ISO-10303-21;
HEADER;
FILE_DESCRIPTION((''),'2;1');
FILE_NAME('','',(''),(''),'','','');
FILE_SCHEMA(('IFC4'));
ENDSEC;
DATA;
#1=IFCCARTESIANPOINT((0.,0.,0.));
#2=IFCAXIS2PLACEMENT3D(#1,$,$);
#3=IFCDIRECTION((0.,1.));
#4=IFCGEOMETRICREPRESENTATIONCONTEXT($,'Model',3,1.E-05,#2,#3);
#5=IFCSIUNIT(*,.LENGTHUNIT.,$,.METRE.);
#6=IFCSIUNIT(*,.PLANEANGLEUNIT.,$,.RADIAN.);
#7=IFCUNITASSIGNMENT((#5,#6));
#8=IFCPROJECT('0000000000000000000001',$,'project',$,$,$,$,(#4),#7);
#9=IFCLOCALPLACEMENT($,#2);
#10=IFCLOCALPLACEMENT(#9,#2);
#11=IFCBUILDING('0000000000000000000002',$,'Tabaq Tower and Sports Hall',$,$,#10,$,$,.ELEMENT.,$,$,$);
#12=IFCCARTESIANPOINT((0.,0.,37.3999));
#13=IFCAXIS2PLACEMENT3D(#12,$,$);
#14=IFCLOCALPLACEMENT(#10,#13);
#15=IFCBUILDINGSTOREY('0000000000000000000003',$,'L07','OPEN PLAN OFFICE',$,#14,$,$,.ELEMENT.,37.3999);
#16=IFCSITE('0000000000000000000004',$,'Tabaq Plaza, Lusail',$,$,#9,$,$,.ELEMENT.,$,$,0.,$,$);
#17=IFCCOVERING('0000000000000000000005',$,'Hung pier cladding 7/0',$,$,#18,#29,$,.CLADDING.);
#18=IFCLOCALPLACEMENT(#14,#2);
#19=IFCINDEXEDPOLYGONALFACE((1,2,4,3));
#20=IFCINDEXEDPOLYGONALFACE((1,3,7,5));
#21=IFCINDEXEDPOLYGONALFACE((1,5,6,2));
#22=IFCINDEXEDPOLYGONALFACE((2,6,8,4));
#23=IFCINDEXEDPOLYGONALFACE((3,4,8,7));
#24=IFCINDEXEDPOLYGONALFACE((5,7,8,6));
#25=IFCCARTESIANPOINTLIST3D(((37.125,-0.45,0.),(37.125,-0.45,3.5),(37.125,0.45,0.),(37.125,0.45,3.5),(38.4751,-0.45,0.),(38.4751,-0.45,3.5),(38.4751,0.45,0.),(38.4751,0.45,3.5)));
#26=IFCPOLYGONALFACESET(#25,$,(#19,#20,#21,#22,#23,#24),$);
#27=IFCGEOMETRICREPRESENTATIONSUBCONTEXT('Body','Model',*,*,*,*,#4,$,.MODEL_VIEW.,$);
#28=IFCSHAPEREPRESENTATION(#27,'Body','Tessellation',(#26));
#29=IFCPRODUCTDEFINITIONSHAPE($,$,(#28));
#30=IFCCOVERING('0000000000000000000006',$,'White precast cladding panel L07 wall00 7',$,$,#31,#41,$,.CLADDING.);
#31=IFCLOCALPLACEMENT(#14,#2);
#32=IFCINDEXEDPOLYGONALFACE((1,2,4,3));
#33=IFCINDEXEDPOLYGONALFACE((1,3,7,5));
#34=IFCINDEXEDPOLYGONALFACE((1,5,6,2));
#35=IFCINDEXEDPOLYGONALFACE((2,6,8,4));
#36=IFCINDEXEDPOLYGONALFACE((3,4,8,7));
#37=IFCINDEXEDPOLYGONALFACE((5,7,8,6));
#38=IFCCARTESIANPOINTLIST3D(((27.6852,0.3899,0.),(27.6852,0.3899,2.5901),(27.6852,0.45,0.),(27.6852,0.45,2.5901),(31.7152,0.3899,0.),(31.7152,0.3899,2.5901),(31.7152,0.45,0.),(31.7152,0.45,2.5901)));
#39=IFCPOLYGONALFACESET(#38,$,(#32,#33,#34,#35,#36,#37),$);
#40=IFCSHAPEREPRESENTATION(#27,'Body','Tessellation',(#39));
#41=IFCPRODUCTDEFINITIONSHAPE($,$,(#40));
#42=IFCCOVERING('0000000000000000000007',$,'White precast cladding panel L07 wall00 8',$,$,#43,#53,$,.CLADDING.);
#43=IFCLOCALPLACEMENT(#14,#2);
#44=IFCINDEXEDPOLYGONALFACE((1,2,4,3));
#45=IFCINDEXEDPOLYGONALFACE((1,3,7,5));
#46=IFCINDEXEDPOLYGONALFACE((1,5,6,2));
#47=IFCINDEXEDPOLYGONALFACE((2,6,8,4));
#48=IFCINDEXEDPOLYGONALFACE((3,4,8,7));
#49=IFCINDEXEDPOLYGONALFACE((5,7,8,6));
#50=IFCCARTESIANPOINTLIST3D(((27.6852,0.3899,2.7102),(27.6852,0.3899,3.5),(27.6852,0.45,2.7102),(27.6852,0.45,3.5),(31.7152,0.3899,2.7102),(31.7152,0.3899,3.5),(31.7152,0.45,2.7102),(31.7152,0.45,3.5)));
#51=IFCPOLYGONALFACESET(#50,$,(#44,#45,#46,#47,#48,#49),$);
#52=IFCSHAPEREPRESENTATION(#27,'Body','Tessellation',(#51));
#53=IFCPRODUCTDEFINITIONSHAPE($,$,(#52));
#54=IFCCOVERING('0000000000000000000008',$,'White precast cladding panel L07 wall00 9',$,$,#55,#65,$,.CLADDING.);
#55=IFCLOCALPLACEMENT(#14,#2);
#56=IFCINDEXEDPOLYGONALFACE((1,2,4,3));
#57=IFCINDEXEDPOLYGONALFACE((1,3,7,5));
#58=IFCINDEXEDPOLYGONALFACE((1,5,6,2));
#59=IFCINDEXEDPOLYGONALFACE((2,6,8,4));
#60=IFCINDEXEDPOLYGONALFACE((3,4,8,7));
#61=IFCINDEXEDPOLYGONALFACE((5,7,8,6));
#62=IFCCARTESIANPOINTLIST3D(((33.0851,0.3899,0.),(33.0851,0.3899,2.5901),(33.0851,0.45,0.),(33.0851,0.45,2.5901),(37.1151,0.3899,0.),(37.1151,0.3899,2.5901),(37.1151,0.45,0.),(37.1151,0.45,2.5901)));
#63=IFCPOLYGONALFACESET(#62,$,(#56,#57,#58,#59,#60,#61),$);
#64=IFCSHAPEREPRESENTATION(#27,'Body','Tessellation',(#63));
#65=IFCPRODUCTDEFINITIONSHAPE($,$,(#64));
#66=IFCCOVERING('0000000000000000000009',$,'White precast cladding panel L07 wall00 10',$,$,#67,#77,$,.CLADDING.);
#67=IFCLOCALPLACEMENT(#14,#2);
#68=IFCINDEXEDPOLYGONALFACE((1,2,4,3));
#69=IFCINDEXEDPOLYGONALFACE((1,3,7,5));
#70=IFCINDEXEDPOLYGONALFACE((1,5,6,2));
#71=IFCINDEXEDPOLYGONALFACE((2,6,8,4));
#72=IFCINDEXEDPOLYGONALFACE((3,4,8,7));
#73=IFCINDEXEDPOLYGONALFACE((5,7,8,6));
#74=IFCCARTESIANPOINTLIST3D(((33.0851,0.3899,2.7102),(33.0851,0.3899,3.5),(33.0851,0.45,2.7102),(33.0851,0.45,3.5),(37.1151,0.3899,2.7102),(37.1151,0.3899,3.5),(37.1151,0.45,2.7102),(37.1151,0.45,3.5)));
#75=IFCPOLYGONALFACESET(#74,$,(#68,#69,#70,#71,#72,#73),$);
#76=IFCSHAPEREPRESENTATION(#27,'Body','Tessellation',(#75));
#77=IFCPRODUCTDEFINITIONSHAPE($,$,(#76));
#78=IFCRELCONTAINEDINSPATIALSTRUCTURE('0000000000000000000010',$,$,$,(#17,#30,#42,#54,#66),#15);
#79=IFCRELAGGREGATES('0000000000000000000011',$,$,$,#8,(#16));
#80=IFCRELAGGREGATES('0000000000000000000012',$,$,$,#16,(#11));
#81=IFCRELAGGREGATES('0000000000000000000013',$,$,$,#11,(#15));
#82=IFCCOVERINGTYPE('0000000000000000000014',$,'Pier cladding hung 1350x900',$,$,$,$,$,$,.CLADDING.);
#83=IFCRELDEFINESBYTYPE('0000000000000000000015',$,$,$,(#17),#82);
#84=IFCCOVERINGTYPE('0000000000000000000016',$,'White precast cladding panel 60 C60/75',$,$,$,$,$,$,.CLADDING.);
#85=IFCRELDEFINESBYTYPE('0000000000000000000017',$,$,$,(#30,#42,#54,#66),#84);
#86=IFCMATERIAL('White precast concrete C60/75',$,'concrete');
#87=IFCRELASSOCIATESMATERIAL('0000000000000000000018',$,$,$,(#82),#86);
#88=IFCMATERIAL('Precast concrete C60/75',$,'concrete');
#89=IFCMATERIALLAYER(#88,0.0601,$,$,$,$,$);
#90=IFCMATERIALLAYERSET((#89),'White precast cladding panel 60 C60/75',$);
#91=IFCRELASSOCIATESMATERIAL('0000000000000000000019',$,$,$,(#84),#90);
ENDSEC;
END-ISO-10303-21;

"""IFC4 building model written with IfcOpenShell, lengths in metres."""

from ifc_helpers import new_model, si_unit, direction, frame, frame_2d, origin, place, context, subcontext, project, spatial, rectangle, extrude, material, layer, layer_set, type_object, element, save


model = new_model("IFC4")

# Units and contexts
model_context = context("Model", 3, precision=1e-05, world=origin(), true_north=direction((0.0, 1.0)))
body_context = subcontext(model_context, "Body", "Model", "MODEL_VIEW")
ifc_project = project(units=[si_unit("LENGTHUNIT", "METRE"), si_unit("PLANEANGLEUNIT", "RADIAN")], contexts=[model_context])

# Site, building, storey
site_placement = place(None, origin())
site = spatial("IfcSite", under=ifc_project, at=site_placement, Name="Tabaq Plaza, Lusail", CompositionType="ELEMENT", RefElevation=0.0)
building_placement = place(site_placement, origin())
building = spatial("IfcBuilding", under=site, at=building_placement, Name="Tabaq Tower and Sports Hall", CompositionType="ELEMENT")
storey_placement = place(building_placement, frame((0.0, 0.0, 37.3999)))
storey = spatial("IfcBuildingStorey", under=building, at=storey_placement, Name="L07", Description="OPEN PLAN OFFICE", CompositionType="ELEMENT", Elevation=37.3999)

# Coverings
ifc_material_1 = material(Name="White precast concrete C60/75", Category="concrete")
covering_type_1 = type_object("IfcCoveringType", Name="Pier cladding hung 1350x900", PredefinedType="CLADDING", material=ifc_material_1)
covering_1_placement = place(storey_placement, frame((37.125, 0.0, 0.0), z_axis=(0.0, 0.0, 1.0), x_axis=(1.0, 0.0, 0.0)))
element("IfcCovering", 1, at=covering_1_placement, inside=storey, type_object=covering_type_1, Name="Hung pier cladding 7/0", PredefinedType="CLADDING", context=body_context, shape_type="SweptSolid", body=[
    extrude(rectangle(XDim=1.3501, YDim=0.8999, at=frame_2d((0.675, 0.0))), origin(), (0.0, 0.0, 1.0), 3.5),
])
ifc_material_2 = material(Name="Precast concrete C60/75", Category="concrete")
ifc_layer_1 = layer(ifc_material_2, 0.0601)
ifc_layer_set_1 = layer_set([ifc_layer_1], Name="White precast cladding panel 60 C60/75")
covering_type_2 = type_object("IfcCoveringType", Name="White precast cladding panel 60 C60/75", PredefinedType="CLADDING", material=ifc_layer_set_1)
covering_2_placement = place(storey_placement, frame((27.6851, 0.4199, 0.0), z_axis=(0.0, 0.0, 1.0), x_axis=(1.0, 0.0, 0.0)))
element("IfcCovering", 2, at=covering_2_placement, inside=storey, type_object=covering_type_2, Name="White precast cladding panel L07 wall00 7", PredefinedType="CLADDING", context=body_context, shape_type="SweptSolid", body=[
    extrude(rectangle(XDim=4.03, YDim=0.0601, at=frame_2d((2.0151, 0.0))), origin(), (0.0, 0.0, 1.0), 2.5901),
])
covering_3_placement = place(storey_placement, frame((27.6851, 0.4199, 2.7102), z_axis=(0.0, 0.0, 1.0), x_axis=(1.0, 0.0, 0.0)))
element("IfcCovering", 3, at=covering_3_placement, inside=storey, type_object=covering_type_2, Name="White precast cladding panel L07 wall00 8", PredefinedType="CLADDING", context=body_context, shape_type="SweptSolid", body=[
    extrude(rectangle(XDim=4.03, YDim=0.0601, at=frame_2d((2.0151, 0.0))), origin(), (0.0, 0.0, 1.0), 0.7898),
])
covering_4_placement = place(storey_placement, frame((33.085, 0.4199, 0.0), z_axis=(0.0, 0.0, 1.0), x_axis=(1.0, 0.0, 0.0)))
element("IfcCovering", 4, at=covering_4_placement, inside=storey, type_object=covering_type_2, Name="White precast cladding panel L07 wall00 9", PredefinedType="CLADDING", context=body_context, shape_type="SweptSolid", body=[
    extrude(rectangle(XDim=4.03, YDim=0.0601, at=frame_2d((2.0151, 0.0))), origin(), (0.0, 0.0, 1.0), 2.5901),
])
covering_5_placement = place(storey_placement, frame((33.085, 0.4199, 2.7102), z_axis=(0.0, 0.0, 1.0), x_axis=(1.0, 0.0, 0.0)))
element("IfcCovering", 5, at=covering_5_placement, inside=storey, type_object=covering_type_2, Name="White precast cladding panel L07 wall00 10", PredefinedType="CLADDING", context=body_context, shape_type="SweptSolid", body=[
    extrude(rectangle(XDim=4.03, YDim=0.0601, at=frame_2d((2.0151, 0.0))), origin(), (0.0, 0.0, 1.0), 0.7898),
])

save(model, "model.ifc")
